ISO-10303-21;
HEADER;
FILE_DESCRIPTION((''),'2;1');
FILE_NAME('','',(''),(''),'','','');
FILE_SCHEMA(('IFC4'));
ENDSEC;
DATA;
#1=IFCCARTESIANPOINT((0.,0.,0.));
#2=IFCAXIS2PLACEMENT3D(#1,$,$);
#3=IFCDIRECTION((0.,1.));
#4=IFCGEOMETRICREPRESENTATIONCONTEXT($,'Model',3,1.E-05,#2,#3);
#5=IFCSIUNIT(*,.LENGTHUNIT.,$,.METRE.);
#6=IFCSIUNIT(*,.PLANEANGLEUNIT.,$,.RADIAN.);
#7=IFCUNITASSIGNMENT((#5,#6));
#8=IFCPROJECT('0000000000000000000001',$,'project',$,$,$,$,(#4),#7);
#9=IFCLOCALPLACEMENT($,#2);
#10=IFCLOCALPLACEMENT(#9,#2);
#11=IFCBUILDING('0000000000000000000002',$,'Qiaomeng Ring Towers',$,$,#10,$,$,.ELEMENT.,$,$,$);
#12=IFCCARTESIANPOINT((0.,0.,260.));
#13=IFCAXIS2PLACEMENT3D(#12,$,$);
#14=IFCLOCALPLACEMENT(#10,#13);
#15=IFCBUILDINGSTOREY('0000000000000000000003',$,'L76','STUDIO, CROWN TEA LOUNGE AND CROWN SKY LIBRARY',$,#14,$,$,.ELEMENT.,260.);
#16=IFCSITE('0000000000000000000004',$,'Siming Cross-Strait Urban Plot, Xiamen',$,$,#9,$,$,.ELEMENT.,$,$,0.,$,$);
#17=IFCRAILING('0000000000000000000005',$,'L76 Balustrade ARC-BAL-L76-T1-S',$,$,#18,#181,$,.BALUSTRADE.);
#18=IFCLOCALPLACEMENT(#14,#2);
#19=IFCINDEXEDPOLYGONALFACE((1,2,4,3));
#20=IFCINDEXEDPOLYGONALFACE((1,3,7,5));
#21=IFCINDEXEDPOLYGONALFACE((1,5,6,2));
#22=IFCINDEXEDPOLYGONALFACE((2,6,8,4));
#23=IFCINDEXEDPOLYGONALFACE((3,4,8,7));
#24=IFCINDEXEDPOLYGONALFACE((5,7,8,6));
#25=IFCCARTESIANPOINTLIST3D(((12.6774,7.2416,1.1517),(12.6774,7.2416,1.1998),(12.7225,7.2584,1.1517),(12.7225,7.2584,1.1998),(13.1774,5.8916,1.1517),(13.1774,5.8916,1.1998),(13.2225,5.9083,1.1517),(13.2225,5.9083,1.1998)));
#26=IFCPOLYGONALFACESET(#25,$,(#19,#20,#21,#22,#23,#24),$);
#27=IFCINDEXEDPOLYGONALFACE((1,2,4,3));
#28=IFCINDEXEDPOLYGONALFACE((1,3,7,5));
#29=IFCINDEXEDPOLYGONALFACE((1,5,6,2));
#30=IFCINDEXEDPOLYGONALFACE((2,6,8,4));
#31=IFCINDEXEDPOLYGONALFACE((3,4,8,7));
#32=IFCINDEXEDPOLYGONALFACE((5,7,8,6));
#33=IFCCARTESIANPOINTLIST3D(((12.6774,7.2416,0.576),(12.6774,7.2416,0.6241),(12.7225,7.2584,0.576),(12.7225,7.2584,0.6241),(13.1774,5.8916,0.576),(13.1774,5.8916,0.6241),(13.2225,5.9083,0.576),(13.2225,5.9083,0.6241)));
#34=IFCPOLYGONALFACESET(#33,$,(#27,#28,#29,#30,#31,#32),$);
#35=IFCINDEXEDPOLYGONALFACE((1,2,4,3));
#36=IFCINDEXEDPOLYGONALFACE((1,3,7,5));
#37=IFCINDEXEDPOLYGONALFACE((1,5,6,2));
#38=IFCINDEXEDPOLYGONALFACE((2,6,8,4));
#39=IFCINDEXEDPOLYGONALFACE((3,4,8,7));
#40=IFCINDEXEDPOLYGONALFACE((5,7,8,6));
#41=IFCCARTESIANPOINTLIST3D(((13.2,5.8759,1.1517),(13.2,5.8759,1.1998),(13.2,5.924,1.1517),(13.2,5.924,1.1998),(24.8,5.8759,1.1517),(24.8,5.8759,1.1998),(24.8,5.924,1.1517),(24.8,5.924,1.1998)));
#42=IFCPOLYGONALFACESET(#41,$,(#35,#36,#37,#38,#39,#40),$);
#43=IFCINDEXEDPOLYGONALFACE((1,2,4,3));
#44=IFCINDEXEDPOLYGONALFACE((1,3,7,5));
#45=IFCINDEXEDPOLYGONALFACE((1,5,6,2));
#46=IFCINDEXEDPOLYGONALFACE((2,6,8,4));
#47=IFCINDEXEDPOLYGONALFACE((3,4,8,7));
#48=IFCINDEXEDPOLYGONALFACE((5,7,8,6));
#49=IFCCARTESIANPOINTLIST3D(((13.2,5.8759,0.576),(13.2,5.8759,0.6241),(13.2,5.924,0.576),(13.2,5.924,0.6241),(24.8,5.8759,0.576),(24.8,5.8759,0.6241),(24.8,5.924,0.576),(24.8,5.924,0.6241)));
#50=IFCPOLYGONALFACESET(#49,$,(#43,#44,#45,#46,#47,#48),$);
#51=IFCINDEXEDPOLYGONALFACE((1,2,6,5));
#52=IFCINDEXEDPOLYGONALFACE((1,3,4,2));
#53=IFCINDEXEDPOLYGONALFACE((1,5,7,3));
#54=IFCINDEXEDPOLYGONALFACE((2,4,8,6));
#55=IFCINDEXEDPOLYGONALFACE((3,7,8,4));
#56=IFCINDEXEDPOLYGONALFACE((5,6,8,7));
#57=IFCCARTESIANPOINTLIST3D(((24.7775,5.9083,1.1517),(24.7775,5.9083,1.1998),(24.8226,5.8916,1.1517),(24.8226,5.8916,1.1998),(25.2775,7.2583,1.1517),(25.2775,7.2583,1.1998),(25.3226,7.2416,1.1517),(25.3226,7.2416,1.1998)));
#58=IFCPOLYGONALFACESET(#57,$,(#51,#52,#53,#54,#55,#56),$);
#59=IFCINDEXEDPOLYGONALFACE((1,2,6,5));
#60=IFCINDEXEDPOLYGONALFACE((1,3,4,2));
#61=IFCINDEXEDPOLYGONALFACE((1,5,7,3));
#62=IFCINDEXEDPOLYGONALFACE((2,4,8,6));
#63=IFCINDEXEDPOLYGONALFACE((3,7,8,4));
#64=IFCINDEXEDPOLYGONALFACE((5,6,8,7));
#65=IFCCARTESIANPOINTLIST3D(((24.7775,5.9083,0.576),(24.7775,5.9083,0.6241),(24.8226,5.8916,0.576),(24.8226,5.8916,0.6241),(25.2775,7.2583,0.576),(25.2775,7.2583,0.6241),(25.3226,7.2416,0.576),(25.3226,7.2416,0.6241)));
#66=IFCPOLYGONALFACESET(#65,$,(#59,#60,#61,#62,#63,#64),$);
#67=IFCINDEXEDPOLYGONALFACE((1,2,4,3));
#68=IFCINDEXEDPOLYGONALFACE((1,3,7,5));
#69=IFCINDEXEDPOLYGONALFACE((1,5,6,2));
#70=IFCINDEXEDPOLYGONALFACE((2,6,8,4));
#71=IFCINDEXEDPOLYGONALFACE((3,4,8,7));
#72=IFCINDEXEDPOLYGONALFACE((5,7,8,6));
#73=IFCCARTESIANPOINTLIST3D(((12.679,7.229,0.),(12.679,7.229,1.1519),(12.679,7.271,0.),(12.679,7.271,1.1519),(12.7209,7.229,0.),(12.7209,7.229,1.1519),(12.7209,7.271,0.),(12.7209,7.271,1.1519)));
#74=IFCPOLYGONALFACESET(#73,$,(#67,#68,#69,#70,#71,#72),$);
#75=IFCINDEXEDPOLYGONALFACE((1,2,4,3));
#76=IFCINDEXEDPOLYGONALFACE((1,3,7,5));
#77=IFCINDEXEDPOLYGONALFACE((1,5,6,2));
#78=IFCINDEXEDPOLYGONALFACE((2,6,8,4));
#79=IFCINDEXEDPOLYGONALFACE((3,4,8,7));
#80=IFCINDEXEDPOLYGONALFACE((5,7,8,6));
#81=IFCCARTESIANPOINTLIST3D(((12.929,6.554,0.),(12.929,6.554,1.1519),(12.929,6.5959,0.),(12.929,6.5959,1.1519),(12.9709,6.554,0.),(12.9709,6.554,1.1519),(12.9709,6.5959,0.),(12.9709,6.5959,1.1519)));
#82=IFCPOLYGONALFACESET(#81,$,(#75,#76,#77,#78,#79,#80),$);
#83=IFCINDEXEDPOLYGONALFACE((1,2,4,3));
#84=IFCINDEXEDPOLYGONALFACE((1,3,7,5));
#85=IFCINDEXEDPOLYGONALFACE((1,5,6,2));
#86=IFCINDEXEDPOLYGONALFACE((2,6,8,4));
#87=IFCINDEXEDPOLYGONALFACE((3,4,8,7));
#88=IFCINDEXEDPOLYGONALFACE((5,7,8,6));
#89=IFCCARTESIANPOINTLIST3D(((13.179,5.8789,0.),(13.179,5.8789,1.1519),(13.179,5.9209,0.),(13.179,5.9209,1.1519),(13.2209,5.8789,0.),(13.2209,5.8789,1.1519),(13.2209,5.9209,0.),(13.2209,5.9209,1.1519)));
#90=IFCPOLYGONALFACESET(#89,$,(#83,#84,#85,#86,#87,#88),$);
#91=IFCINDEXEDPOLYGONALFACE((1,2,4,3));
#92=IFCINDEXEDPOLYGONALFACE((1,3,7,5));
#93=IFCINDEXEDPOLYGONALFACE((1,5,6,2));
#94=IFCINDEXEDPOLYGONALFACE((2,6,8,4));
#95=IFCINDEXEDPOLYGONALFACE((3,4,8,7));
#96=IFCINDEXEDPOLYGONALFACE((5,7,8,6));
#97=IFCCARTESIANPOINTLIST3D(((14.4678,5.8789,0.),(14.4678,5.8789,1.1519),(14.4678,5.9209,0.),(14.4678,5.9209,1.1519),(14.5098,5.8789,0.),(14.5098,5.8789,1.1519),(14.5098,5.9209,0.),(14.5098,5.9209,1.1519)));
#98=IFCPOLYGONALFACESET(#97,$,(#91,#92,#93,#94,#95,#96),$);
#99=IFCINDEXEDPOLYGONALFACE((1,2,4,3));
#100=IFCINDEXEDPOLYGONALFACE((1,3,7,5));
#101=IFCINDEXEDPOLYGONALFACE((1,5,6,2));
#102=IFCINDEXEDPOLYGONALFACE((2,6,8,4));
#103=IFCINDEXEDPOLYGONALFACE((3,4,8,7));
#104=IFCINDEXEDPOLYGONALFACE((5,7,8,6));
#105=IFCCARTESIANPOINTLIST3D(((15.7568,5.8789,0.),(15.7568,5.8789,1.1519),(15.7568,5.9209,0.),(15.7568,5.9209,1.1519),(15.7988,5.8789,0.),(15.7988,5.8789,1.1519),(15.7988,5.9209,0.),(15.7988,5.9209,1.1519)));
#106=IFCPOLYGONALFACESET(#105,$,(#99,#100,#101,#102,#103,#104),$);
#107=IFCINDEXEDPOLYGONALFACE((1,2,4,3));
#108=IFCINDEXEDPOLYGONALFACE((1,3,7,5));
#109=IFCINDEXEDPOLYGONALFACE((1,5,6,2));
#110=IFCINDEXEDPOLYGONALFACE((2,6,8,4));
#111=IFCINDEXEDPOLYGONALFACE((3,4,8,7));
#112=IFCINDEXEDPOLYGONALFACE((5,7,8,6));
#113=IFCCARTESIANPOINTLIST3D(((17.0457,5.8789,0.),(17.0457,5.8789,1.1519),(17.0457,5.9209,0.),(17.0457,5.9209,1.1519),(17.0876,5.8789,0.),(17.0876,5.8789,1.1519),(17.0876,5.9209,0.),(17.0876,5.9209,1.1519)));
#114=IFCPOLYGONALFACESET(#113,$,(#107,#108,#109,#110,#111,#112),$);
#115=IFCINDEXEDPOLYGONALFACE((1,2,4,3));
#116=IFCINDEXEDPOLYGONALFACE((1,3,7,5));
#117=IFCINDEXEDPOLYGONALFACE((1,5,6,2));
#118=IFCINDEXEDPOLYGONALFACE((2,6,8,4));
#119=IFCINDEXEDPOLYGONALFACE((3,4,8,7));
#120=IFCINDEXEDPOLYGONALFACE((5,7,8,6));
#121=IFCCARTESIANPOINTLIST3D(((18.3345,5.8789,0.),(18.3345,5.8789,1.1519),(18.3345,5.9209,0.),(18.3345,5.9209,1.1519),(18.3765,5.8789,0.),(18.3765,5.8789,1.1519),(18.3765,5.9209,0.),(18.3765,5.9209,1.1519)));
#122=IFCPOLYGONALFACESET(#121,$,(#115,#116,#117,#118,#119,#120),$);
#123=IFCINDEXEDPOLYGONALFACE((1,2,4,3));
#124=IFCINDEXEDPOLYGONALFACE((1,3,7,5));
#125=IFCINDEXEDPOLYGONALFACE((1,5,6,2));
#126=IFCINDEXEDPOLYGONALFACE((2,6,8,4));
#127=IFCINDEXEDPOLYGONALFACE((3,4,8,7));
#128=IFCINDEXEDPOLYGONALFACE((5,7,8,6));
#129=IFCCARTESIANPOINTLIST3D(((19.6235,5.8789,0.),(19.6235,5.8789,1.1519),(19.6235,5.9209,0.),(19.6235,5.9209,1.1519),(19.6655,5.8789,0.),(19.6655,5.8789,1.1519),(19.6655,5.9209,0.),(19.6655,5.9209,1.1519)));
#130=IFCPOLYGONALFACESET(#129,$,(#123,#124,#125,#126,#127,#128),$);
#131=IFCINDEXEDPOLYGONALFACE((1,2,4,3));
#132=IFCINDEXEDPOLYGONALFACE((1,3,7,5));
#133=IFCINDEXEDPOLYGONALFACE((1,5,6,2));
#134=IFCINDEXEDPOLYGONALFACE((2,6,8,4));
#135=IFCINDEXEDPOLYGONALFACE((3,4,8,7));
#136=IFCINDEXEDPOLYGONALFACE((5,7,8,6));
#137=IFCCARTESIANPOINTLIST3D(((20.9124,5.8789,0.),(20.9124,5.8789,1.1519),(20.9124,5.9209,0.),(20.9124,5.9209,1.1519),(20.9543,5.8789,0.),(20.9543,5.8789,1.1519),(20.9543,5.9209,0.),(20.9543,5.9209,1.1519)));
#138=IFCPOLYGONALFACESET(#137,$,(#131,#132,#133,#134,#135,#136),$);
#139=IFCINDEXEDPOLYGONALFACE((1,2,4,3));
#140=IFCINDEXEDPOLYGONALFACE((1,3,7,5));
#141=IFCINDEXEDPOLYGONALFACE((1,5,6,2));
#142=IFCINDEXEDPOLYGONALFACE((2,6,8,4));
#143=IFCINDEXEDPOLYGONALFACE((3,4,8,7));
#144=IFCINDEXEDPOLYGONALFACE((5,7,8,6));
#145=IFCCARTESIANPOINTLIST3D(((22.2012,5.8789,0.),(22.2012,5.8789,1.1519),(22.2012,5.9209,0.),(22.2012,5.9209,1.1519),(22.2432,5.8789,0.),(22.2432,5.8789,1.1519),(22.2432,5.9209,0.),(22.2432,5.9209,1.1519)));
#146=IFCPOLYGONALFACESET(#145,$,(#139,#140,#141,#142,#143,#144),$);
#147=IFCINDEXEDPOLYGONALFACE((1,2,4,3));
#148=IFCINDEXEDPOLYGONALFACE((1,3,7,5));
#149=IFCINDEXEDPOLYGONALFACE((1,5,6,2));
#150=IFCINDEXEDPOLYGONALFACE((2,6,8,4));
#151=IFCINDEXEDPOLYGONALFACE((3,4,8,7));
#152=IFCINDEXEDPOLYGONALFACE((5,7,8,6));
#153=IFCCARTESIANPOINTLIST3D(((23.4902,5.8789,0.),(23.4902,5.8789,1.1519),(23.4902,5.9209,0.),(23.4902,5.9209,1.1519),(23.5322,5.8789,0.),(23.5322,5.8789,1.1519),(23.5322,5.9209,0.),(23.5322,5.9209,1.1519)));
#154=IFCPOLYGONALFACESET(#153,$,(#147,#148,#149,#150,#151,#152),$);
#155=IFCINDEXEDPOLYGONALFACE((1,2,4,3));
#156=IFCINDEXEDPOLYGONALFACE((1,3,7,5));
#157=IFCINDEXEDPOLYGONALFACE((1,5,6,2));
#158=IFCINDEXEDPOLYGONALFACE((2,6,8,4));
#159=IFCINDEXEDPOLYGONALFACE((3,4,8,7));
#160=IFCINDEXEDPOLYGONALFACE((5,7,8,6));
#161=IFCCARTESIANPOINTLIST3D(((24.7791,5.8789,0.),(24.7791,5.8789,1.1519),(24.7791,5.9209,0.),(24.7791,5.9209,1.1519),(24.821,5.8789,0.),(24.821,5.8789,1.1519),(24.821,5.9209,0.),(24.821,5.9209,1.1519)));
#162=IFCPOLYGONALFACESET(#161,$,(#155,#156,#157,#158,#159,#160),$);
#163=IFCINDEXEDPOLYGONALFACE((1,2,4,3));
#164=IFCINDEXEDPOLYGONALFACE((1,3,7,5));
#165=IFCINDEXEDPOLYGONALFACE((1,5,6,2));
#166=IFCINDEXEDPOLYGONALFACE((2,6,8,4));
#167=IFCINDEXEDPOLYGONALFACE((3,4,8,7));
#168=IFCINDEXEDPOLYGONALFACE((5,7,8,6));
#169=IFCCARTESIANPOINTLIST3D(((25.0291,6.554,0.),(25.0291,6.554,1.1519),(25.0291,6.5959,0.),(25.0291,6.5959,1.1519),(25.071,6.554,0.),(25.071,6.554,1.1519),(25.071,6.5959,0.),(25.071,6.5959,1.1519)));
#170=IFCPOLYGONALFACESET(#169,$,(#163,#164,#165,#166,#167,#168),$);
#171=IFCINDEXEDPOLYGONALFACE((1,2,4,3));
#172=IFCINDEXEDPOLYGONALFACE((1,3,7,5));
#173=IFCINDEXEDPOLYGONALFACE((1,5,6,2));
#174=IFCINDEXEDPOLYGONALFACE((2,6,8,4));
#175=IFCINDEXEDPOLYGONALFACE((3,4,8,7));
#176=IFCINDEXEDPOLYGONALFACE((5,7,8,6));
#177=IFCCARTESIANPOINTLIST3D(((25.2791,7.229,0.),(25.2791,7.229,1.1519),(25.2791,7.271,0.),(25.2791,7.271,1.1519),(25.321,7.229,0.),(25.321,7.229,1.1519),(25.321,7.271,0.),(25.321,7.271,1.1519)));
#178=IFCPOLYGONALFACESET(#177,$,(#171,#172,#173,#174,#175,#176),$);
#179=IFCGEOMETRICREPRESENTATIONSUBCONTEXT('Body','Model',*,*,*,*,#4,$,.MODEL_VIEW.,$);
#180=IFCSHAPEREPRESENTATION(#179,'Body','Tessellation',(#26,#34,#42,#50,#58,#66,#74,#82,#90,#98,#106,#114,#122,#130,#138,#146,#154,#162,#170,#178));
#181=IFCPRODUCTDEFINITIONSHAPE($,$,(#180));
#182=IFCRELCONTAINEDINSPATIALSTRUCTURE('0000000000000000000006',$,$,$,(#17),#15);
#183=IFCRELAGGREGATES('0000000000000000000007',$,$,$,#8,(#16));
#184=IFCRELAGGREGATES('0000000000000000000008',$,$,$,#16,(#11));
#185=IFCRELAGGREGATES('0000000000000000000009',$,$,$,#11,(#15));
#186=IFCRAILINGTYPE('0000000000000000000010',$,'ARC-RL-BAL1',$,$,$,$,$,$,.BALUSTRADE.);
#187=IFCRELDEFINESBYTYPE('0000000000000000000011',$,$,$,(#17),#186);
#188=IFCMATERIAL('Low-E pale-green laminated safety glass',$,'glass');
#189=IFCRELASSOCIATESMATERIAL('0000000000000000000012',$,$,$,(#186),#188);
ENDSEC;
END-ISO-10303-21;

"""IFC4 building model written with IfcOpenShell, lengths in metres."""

from ifc_helpers import new_model, si_unit, direction, frame, origin, origin_2d, place, context, subcontext, project, spatial, rectangle, extrude, material, type_object, element, save


model = new_model("IFC4")

# Units and contexts
model_context = context("Model", 3, precision=1e-05, world=origin(), true_north=direction((0.0, 1.0)))
body_context = subcontext(model_context, "Body", "Model", "MODEL_VIEW")
ifc_project = project(units=[si_unit("LENGTHUNIT", "METRE"), si_unit("PLANEANGLEUNIT", "RADIAN")], contexts=[model_context])

# Site, building, storey
site_placement = place(None, origin())
site = spatial("IfcSite", under=ifc_project, at=site_placement, Name="Siming Cross-Strait Urban Plot, Xiamen", CompositionType="ELEMENT", RefElevation=0.0)
building_placement = place(site_placement, origin())
building = spatial("IfcBuilding", under=site, at=building_placement, Name="Qiaomeng Ring Towers", CompositionType="ELEMENT")
storey_placement = place(building_placement, frame((0.0, 0.0, 260.0)))
storey = spatial("IfcBuildingStorey", under=building, at=storey_placement, Name="L76", Description="STUDIO, CROWN TEA LOUNGE AND CROWN SKY LIBRARY", CompositionType="ELEMENT", Elevation=260.0)

# Railing
ifc_material_1 = material(Name="Low-E pale-green laminated safety glass", Category="glass")
railing_type = type_object("IfcRailingType", Name="ARC-RL-BAL1", PredefinedType="BALUSTRADE", material=ifc_material_1)
railing_placement = place(storey_placement, frame((12.7, 7.25, 0.0)))
element("IfcRailing", 1, at=railing_placement, inside=storey, type_object=railing_type, Name="L76 Balustrade ARC-BAL-L76-T1-S", PredefinedType="BALUSTRADE", context=body_context, shape_type="SweptSolid", body=[
    extrude(rectangle(XDim=0.0481, YDim=0.0481, at=origin_2d()), frame((0.0, 0.0, 1.1758), z_axis=(0.347292, -0.937757, 0.0), x_axis=(0.937757, 0.347292, 0.0)), (0.0, 0.0, 1.0), 1.4397),
    extrude(rectangle(XDim=0.0481, YDim=0.0481, at=origin_2d()), frame((0.0, 0.0, 0.6001), z_axis=(0.347292, -0.937757, 0.0), x_axis=(0.937757, 0.347292, 0.0)), (0.0, 0.0, 1.0), 1.4397),
    extrude(rectangle(XDim=0.0481, YDim=0.0481, at=origin_2d()), frame((0.5, -1.3501, 1.1758), z_axis=(1.0, 0.0, 0.0), x_axis=(0.0, 1.0, 0.0)), (0.0, 0.0, 1.0), 11.6001),
    extrude(rectangle(XDim=0.0481, YDim=0.0481, at=origin_2d()), frame((0.5, -1.3501, 0.6001), z_axis=(1.0, 0.0, 0.0), x_axis=(0.0, 1.0, 0.0)), (0.0, 0.0, 1.0), 11.6001),
    extrude(rectangle(XDim=0.0481, YDim=0.0481, at=origin_2d()), frame((12.1001, -1.3501, 1.1758), z_axis=(0.347292, 0.937757, 0.0), x_axis=(-0.937757, 0.347292, 0.0)), (0.0, 0.0, 1.0), 1.4397),
    extrude(rectangle(XDim=0.0481, YDim=0.0481, at=origin_2d()), frame((12.1001, -1.3501, 0.6001), z_axis=(0.347292, 0.937757, 0.0), x_axis=(-0.937757, 0.347292, 0.0)), (0.0, 0.0, 1.0), 1.4397),
    extrude(rectangle(XDim=0.042, YDim=0.042, at=origin_2d()), origin(), (0.0, 0.0, 1.0), 1.1519),
    extrude(rectangle(XDim=0.042, YDim=0.042, at=origin_2d()), frame((0.25, -0.675, 0.0)), (0.0, 0.0, 1.0), 1.1519),
    extrude(rectangle(XDim=0.042, YDim=0.042, at=origin_2d()), frame((0.5, -1.3501, 0.0)), (0.0, 0.0, 1.0), 1.1519),
    extrude(rectangle(XDim=0.042, YDim=0.042, at=origin_2d()), frame((1.7888, -1.3501, 0.0)), (0.0, 0.0, 1.0), 1.1519),
    extrude(rectangle(XDim=0.042, YDim=0.042, at=origin_2d()), frame((3.0779, -1.3501, 0.0)), (0.0, 0.0, 1.0), 1.1519),
    extrude(rectangle(XDim=0.042, YDim=0.042, at=origin_2d()), frame((4.3667, -1.3501, 0.0)), (0.0, 0.0, 1.0), 1.1519),
    extrude(rectangle(XDim=0.042, YDim=0.042, at=origin_2d()), frame((5.6555, -1.3501, 0.0)), (0.0, 0.0, 1.0), 1.1519),
    extrude(rectangle(XDim=0.042, YDim=0.042, at=origin_2d()), frame((6.9446, -1.3501, 0.0)), (0.0, 0.0, 1.0), 1.1519),
    extrude(rectangle(XDim=0.042, YDim=0.042, at=origin_2d()), frame((8.2334, -1.3501, 0.0)), (0.0, 0.0, 1.0), 1.1519),
    extrude(rectangle(XDim=0.042, YDim=0.042, at=origin_2d()), frame((9.5222, -1.3501, 0.0)), (0.0, 0.0, 1.0), 1.1519),
    extrude(rectangle(XDim=0.042, YDim=0.042, at=origin_2d()), frame((10.8113, -1.3501, 0.0)), (0.0, 0.0, 1.0), 1.1519),
    extrude(rectangle(XDim=0.042, YDim=0.042, at=origin_2d()), frame((12.1001, -1.3501, 0.0)), (0.0, 0.0, 1.0), 1.1519),
    extrude(rectangle(XDim=0.042, YDim=0.042, at=origin_2d()), frame((12.3501, -0.675, 0.0)), (0.0, 0.0, 1.0), 1.1519),
    extrude(rectangle(XDim=0.042, YDim=0.042, at=origin_2d()), frame((12.6001, 0.0, 0.0)), (0.0, 0.0, 1.0), 1.1519),
])

save(model, "model.ifc")
